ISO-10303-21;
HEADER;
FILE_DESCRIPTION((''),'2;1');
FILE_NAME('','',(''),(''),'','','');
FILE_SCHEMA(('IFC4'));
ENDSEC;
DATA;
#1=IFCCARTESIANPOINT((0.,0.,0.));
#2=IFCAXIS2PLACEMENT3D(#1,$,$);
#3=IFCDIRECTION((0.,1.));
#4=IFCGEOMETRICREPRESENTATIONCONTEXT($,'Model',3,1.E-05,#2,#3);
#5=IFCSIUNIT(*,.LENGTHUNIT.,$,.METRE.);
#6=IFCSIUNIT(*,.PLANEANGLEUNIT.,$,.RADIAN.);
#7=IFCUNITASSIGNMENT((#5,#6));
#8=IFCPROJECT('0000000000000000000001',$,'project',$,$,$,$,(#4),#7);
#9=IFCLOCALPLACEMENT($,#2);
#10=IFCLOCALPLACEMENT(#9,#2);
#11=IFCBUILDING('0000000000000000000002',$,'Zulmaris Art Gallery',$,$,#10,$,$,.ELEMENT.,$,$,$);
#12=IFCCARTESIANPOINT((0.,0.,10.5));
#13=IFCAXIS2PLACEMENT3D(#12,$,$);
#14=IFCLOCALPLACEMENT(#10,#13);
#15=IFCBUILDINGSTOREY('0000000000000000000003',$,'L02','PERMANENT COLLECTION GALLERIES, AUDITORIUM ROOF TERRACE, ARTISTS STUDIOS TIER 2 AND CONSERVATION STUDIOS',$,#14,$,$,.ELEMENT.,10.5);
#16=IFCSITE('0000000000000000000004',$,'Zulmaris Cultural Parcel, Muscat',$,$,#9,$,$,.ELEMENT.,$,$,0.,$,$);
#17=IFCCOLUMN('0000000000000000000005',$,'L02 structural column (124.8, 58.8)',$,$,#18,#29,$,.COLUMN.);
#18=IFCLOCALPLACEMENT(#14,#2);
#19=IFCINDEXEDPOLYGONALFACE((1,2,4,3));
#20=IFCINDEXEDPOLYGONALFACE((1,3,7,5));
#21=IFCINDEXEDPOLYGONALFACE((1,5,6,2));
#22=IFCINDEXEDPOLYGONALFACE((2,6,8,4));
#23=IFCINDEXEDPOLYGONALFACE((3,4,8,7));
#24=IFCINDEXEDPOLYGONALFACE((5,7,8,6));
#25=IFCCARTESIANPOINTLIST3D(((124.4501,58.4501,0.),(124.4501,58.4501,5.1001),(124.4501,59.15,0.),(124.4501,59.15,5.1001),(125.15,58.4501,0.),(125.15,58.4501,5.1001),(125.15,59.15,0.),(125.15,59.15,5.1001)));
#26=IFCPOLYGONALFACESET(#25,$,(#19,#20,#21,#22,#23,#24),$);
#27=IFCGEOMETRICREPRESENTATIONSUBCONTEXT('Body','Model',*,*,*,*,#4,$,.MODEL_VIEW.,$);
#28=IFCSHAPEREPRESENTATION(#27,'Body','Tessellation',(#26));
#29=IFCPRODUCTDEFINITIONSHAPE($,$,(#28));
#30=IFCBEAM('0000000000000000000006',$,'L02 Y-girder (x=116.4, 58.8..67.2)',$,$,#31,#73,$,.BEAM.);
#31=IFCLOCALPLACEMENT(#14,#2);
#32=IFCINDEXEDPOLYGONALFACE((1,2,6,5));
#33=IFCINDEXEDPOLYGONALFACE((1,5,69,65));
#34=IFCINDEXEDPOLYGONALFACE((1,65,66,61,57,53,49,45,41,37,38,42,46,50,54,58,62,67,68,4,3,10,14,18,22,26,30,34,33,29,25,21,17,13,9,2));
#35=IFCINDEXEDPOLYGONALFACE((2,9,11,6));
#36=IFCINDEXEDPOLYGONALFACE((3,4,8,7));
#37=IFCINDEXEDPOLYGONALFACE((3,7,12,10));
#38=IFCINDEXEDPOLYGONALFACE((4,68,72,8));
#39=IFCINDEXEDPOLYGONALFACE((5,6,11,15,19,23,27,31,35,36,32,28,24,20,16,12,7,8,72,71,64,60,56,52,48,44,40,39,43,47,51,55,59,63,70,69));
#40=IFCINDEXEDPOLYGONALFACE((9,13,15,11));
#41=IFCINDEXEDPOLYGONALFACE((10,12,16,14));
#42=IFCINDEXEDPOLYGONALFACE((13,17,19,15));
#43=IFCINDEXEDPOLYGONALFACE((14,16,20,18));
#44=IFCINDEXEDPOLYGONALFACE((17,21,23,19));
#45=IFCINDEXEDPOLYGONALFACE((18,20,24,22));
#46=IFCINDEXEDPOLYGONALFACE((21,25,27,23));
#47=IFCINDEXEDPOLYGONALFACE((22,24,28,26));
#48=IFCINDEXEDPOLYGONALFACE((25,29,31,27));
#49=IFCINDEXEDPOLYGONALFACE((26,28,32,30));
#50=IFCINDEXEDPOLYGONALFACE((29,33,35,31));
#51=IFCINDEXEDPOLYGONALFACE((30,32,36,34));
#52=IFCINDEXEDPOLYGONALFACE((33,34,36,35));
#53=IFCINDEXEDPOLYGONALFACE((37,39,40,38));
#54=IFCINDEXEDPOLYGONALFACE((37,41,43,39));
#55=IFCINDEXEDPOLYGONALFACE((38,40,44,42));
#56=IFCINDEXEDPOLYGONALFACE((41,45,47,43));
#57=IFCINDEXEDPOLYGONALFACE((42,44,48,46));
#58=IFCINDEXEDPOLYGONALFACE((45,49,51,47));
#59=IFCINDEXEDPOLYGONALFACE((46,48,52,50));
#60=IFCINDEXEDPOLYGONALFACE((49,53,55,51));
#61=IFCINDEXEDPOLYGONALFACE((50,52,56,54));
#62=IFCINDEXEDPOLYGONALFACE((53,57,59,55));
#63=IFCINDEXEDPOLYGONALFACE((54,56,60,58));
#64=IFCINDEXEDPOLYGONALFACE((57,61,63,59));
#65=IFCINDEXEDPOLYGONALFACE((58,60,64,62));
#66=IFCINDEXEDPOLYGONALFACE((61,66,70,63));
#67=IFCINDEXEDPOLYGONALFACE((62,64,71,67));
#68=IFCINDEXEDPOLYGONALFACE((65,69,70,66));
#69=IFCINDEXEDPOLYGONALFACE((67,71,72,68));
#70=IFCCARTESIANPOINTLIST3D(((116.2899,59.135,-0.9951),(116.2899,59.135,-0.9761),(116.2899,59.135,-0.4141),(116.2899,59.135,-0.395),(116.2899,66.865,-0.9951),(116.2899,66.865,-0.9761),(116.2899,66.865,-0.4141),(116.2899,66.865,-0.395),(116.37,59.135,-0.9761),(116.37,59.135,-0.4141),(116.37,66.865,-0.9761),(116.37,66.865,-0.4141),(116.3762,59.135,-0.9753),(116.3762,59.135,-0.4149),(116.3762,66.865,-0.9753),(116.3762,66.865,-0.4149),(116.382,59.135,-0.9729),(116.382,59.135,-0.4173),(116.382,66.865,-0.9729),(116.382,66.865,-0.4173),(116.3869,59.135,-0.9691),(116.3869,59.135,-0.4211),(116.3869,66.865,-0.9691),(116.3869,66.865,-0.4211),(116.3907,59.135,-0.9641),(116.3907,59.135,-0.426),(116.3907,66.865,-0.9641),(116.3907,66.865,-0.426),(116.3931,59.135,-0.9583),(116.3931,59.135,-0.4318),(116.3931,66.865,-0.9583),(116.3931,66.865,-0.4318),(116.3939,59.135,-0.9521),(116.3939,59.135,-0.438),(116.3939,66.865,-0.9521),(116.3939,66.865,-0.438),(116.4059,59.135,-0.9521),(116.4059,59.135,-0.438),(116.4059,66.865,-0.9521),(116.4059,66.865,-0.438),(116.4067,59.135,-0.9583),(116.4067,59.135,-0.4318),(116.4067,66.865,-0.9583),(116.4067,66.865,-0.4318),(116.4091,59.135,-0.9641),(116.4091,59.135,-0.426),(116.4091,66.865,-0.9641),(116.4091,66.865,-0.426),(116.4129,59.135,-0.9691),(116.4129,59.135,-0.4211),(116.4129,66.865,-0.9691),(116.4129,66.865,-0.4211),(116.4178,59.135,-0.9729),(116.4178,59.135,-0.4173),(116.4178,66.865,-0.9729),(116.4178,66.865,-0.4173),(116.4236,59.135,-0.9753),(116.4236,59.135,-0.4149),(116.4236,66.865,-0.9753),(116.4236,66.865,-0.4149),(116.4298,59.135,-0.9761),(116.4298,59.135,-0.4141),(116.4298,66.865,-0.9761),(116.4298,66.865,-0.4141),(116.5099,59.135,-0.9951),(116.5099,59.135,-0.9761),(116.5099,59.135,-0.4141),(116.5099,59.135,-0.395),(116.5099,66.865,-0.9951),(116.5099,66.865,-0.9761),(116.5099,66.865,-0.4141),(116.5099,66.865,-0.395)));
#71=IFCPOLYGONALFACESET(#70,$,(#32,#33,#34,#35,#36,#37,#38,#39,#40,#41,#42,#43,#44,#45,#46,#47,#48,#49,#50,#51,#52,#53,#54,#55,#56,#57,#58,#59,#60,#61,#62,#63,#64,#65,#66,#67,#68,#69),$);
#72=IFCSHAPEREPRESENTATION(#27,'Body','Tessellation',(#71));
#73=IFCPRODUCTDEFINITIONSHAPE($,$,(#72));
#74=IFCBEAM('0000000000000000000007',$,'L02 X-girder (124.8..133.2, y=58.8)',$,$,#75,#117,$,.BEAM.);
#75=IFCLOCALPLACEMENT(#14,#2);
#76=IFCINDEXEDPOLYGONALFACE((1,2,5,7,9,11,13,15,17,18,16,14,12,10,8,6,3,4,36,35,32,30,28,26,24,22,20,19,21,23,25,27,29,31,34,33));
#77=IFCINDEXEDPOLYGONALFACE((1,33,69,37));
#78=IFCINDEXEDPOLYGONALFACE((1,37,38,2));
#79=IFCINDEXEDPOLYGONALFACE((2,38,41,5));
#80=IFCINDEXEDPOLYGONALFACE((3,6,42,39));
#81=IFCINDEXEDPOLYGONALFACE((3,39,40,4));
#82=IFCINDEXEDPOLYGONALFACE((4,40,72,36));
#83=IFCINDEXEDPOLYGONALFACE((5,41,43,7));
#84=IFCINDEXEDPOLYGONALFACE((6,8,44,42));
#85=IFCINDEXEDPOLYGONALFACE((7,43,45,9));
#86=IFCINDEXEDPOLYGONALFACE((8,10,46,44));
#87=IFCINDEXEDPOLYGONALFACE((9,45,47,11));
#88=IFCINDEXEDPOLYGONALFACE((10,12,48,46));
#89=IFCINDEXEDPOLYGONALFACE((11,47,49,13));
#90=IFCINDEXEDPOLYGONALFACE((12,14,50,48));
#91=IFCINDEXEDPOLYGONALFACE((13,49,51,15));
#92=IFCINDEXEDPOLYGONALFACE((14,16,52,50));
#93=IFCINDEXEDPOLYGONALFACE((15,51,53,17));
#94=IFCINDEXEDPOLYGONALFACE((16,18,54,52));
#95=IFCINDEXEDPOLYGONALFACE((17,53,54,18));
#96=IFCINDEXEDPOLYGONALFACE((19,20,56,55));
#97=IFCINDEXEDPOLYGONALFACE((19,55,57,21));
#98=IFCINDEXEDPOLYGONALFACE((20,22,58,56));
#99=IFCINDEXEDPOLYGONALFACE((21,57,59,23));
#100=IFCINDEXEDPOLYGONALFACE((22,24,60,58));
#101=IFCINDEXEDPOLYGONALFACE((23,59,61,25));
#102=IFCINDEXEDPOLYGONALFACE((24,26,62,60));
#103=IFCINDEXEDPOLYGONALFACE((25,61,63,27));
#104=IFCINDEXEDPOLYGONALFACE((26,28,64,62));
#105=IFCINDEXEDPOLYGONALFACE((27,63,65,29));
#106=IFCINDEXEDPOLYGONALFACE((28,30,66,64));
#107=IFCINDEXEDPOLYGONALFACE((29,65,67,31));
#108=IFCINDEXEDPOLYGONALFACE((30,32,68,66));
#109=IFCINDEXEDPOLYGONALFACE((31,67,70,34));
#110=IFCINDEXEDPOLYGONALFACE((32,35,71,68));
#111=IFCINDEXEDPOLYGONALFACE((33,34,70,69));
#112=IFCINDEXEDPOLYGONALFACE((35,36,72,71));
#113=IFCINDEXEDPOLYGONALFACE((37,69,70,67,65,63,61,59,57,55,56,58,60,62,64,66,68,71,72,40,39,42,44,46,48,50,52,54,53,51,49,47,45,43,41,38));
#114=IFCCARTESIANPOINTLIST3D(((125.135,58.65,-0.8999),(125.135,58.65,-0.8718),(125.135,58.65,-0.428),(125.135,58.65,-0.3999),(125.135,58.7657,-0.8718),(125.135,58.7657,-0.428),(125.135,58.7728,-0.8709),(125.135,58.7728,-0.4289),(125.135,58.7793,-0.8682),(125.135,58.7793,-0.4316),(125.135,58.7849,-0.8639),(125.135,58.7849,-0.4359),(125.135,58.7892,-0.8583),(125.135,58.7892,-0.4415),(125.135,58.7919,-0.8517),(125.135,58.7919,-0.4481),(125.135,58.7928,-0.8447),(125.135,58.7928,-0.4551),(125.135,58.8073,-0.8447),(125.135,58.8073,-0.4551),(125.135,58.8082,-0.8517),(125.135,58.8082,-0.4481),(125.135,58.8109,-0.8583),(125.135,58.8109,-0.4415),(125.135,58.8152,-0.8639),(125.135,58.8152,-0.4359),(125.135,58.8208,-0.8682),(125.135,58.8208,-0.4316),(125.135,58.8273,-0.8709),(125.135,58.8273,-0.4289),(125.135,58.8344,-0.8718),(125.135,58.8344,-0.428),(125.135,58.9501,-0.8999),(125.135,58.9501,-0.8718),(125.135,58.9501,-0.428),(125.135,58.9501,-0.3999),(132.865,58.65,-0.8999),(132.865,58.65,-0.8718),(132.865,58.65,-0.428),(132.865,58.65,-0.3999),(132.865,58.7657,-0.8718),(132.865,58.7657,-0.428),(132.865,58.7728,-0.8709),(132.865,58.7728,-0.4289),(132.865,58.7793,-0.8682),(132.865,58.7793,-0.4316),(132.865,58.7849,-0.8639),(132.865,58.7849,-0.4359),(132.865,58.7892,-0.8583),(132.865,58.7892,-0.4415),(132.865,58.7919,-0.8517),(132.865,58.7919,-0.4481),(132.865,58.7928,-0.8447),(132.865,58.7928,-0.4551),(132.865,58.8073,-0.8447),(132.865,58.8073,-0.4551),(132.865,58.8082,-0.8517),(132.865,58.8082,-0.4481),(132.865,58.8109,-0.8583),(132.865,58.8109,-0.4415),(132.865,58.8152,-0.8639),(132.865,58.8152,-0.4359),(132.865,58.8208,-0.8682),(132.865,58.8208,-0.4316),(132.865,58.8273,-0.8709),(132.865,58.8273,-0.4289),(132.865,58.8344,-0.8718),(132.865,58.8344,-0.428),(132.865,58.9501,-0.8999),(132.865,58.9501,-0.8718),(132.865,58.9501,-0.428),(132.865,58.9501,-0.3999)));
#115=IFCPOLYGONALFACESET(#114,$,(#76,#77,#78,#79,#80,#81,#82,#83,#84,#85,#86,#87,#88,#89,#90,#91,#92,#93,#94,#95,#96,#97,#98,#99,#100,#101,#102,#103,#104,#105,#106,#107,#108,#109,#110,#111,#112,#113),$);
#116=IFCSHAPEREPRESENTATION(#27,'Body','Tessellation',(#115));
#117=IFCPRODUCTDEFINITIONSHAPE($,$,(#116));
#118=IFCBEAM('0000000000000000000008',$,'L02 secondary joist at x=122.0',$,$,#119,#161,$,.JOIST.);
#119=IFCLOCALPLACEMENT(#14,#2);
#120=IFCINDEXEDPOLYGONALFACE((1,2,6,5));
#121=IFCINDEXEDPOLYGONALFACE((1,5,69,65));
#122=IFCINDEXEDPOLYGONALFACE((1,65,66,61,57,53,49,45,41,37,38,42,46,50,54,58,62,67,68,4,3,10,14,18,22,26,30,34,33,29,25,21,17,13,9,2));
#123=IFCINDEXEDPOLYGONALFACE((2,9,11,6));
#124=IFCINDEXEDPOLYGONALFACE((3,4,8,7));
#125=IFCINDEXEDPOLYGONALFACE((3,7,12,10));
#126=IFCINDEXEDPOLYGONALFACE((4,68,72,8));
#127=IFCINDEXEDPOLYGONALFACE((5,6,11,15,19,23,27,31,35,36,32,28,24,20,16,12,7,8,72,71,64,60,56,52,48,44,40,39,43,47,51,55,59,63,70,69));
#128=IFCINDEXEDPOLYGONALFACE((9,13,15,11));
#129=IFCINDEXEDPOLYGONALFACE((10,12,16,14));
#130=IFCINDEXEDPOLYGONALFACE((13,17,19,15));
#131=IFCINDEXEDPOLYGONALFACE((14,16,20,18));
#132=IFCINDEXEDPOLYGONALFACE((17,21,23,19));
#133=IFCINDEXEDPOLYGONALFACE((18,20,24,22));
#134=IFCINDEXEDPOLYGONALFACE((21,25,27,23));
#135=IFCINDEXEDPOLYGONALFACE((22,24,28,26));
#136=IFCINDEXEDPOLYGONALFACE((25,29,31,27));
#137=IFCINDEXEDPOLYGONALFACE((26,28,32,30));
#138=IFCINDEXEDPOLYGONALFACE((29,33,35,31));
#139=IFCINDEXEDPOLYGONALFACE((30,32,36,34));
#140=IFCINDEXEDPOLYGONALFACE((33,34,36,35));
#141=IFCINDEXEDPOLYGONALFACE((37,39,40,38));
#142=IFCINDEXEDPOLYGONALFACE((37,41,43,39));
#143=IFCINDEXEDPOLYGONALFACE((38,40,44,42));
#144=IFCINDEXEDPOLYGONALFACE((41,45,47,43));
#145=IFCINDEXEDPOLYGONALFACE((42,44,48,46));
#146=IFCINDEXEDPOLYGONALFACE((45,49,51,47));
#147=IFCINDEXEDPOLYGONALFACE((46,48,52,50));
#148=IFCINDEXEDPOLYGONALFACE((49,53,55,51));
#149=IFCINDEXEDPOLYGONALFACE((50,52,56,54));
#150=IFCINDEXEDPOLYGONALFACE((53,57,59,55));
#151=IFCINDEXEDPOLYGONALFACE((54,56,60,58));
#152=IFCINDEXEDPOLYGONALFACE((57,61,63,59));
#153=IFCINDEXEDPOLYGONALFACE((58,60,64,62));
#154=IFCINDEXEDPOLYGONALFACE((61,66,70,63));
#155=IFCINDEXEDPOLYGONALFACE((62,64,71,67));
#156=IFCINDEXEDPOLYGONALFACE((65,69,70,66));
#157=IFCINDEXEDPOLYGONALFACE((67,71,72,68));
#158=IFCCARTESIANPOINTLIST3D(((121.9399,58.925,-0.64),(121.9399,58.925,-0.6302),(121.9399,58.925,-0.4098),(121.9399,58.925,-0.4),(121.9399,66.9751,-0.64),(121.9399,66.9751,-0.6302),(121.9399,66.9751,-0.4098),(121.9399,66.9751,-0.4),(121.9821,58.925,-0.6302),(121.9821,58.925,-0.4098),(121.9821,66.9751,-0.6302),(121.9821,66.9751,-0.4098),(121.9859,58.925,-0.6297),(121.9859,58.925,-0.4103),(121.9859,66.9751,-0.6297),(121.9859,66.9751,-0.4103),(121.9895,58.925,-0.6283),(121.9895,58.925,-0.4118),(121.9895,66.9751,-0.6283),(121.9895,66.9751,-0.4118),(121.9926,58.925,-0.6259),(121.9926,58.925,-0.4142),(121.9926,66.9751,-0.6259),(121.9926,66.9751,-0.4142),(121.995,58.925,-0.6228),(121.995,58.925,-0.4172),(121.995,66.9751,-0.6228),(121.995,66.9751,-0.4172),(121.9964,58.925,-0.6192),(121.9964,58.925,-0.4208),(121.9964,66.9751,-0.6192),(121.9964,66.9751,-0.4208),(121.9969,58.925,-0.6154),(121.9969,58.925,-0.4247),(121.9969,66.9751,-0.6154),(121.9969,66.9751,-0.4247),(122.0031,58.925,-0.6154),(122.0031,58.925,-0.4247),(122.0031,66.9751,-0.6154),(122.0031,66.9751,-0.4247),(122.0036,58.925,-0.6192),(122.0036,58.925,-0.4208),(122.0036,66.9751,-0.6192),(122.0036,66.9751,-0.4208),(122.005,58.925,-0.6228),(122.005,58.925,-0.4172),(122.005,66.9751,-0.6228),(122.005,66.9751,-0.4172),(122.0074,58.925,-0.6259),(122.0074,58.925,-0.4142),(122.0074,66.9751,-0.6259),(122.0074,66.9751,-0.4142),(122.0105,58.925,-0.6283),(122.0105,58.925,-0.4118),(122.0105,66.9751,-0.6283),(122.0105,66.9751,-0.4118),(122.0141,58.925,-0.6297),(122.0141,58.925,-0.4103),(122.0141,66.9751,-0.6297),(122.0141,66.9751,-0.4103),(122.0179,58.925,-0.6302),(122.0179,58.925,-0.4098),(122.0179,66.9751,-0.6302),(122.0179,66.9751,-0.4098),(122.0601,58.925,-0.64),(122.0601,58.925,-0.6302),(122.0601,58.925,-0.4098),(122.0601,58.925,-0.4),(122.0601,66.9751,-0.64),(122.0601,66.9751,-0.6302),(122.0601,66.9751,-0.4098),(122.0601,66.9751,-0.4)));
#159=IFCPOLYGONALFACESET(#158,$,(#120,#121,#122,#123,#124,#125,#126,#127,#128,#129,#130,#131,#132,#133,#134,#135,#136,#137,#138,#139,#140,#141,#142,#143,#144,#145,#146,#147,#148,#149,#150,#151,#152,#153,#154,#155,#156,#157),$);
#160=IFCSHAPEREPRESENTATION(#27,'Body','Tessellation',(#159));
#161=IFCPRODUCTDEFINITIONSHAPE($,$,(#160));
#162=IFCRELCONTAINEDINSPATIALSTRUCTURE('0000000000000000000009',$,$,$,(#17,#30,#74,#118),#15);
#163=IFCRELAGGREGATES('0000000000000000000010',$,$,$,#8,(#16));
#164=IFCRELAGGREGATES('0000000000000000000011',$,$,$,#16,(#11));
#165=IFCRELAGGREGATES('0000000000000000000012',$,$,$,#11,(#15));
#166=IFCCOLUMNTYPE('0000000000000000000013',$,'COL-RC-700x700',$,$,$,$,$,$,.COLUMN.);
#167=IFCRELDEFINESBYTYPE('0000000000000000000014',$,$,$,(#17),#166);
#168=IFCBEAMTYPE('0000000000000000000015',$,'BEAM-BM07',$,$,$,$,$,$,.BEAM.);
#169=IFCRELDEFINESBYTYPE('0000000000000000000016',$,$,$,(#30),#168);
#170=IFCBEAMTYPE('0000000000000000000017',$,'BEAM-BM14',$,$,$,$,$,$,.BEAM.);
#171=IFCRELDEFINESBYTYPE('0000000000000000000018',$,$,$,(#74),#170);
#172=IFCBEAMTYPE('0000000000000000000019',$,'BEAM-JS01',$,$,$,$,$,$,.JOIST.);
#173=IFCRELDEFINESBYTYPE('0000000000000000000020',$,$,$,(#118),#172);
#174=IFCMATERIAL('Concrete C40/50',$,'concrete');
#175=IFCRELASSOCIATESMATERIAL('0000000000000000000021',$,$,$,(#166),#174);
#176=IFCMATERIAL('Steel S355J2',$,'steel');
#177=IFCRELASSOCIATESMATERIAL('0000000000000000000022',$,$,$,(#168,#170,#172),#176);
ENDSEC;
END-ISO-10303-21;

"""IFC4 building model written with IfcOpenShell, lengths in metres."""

from ifc_helpers import new_model, si_unit, direction, frame, origin, origin_2d, place, context, subcontext, project, spatial, rectangle, i_section, extrude, material, material_profile, profile_set, type_object, element, save


model = new_model("IFC4")

# Units and contexts
model_context = context("Model", 3, precision=1e-05, world=origin(), true_north=direction((0.0, 1.0)))
body_context = subcontext(model_context, "Body", "Model", "MODEL_VIEW")
ifc_project = project(units=[si_unit("LENGTHUNIT", "METRE"), si_unit("PLANEANGLEUNIT", "RADIAN")], contexts=[model_context])

# Site, building, storey
site_placement = place(None, origin())
site = spatial("IfcSite", under=ifc_project, at=site_placement, Name="Zulmaris Cultural Parcel, Muscat", CompositionType="ELEMENT", RefElevation=0.0)
building_placement = place(site_placement, origin())
building = spatial("IfcBuilding", under=site, at=building_placement, Name="Zulmaris Art Gallery", CompositionType="ELEMENT")
storey_placement = place(building_placement, frame((0.0, 0.0, 10.5)))
storey = spatial("IfcBuildingStorey", under=building, at=storey_placement, Name="L02", Description="PERMANENT COLLECTION GALLERIES, AUDITORIUM ROOF TERRACE, ARTISTS STUDIOS TIER 2 AND CONSERVATION STUDIOS", CompositionType="ELEMENT", Elevation=10.5)

# Column
ifc_material_1 = material(Name="Concrete C40/50", Category="concrete")
ifc_material_profile_1 = material_profile(ifc_material_1, rectangle(XDim=0.7, YDim=0.7, at=origin_2d()), Name="RC 700x700")
ifc_profile_set_1 = profile_set([ifc_material_profile_1], Name="Concrete C40/50")
column_type = type_object("IfcColumnType", Name="COL-RC-700x700", PredefinedType="COLUMN", material=ifc_profile_set_1)
column_placement = place(storey_placement, frame((124.8, 58.8, 0.0), z_axis=(0.0, 0.0, 1.0), x_axis=(1.0, 0.0, 0.0)))
element("IfcColumn", 1, at=column_placement, inside=storey, type_object=column_type, Name="L02 structural column (124.8, 58.8)", PredefinedType="COLUMN", context=body_context, shape_type="SweptSolid", body=[
    extrude(rectangle(XDim=0.7, YDim=0.7, at=origin_2d()), origin(), (0.0, 0.0, 1.0), 5.1001),
])

# Beams
ifc_material_2 = material(Name="Steel S355J2", Category="steel")
ifc_material_profile_2 = material_profile(ifc_material_2, i_section(OverallWidth=0.22, OverallDepth=0.6001, WebThickness=0.012, FlangeThickness=0.019, FilletRadius=0.0239, at=origin_2d()), Name="IPE 600")
ifc_profile_set_2 = profile_set([ifc_material_profile_2], Name="Steel S355J2")
beam_type_1 = type_object("IfcBeamType", Name="BEAM-BM07", PredefinedType="BEAM", material=ifc_profile_set_2)
beam_1_placement = place(storey_placement, frame((116.3999, 59.135, -0.6951), z_axis=(0.0, 1.0, 0.0), x_axis=(-1.0, 0.0, 0.0)))
element("IfcBeam", 2, at=beam_1_placement, inside=storey, type_object=beam_type_1, Name="L02 Y-girder (x=116.4, 58.8..67.2)", PredefinedType="BEAM", context=body_context, shape_type="SweptSolid", body=[
    extrude(i_section(OverallWidth=0.22, OverallDepth=0.6001, WebThickness=0.012, FlangeThickness=0.019, FilletRadius=0.0239, at=origin_2d()), origin(), (0.0, 0.0, 1.0), 7.73),
])
ifc_material_profile_3 = material_profile(ifc_material_2, i_section(OverallWidth=0.3, OverallDepth=0.5, WebThickness=0.0144, FlangeThickness=0.0281, FilletRadius=0.0271, at=origin_2d()), Name="HEB 500")
ifc_profile_set_3 = profile_set([ifc_material_profile_3], Name="Steel S355J2")
beam_type_2 = type_object("IfcBeamType", Name="BEAM-BM14", PredefinedType="BEAM", material=ifc_profile_set_3)
beam_2_placement = place(storey_placement, frame((125.135, 58.8, -0.6499), z_axis=(1.0, 0.0, 0.0), x_axis=(0.0, 1.0, 0.0)))
element("IfcBeam", 3, at=beam_2_placement, inside=storey, type_object=beam_type_2, Name="L02 X-girder (124.8..133.2, y=58.8)", PredefinedType="BEAM", context=body_context, shape_type="SweptSolid", body=[
    extrude(i_section(OverallWidth=0.3, OverallDepth=0.5, WebThickness=0.0144, FlangeThickness=0.0281, FilletRadius=0.0271, at=origin_2d()), origin(), (0.0, 0.0, 1.0), 7.73),
])
ifc_material_profile_4 = material_profile(ifc_material_2, i_section(OverallWidth=0.1201, OverallDepth=0.24, WebThickness=0.0061, FlangeThickness=0.0098, FilletRadius=0.0149, at=origin_2d()), Name="IPE 240")
ifc_profile_set_4 = profile_set([ifc_material_profile_4], Name="Steel S355J2")
beam_type_3 = type_object("IfcBeamType", Name="BEAM-JS01", PredefinedType="JOIST", material=ifc_profile_set_4)
beam_3_placement = place(storey_placement, frame((122.0, 58.925, -0.52), z_axis=(0.0, 1.0, 0.0), x_axis=(-1.0, 0.0, 0.0)))
element("IfcBeam", 4, at=beam_3_placement, inside=storey, type_object=beam_type_3, Name="L02 secondary joist at x=122.0", PredefinedType="JOIST", context=body_context, shape_type="SweptSolid", body=[
    extrude(i_section(OverallWidth=0.1201, OverallDepth=0.24, WebThickness=0.0061, FlangeThickness=0.0098, FilletRadius=0.0149, at=origin_2d()), origin(), (0.0, 0.0, 1.0), 8.05),
])

save(model, "model.ifc")
